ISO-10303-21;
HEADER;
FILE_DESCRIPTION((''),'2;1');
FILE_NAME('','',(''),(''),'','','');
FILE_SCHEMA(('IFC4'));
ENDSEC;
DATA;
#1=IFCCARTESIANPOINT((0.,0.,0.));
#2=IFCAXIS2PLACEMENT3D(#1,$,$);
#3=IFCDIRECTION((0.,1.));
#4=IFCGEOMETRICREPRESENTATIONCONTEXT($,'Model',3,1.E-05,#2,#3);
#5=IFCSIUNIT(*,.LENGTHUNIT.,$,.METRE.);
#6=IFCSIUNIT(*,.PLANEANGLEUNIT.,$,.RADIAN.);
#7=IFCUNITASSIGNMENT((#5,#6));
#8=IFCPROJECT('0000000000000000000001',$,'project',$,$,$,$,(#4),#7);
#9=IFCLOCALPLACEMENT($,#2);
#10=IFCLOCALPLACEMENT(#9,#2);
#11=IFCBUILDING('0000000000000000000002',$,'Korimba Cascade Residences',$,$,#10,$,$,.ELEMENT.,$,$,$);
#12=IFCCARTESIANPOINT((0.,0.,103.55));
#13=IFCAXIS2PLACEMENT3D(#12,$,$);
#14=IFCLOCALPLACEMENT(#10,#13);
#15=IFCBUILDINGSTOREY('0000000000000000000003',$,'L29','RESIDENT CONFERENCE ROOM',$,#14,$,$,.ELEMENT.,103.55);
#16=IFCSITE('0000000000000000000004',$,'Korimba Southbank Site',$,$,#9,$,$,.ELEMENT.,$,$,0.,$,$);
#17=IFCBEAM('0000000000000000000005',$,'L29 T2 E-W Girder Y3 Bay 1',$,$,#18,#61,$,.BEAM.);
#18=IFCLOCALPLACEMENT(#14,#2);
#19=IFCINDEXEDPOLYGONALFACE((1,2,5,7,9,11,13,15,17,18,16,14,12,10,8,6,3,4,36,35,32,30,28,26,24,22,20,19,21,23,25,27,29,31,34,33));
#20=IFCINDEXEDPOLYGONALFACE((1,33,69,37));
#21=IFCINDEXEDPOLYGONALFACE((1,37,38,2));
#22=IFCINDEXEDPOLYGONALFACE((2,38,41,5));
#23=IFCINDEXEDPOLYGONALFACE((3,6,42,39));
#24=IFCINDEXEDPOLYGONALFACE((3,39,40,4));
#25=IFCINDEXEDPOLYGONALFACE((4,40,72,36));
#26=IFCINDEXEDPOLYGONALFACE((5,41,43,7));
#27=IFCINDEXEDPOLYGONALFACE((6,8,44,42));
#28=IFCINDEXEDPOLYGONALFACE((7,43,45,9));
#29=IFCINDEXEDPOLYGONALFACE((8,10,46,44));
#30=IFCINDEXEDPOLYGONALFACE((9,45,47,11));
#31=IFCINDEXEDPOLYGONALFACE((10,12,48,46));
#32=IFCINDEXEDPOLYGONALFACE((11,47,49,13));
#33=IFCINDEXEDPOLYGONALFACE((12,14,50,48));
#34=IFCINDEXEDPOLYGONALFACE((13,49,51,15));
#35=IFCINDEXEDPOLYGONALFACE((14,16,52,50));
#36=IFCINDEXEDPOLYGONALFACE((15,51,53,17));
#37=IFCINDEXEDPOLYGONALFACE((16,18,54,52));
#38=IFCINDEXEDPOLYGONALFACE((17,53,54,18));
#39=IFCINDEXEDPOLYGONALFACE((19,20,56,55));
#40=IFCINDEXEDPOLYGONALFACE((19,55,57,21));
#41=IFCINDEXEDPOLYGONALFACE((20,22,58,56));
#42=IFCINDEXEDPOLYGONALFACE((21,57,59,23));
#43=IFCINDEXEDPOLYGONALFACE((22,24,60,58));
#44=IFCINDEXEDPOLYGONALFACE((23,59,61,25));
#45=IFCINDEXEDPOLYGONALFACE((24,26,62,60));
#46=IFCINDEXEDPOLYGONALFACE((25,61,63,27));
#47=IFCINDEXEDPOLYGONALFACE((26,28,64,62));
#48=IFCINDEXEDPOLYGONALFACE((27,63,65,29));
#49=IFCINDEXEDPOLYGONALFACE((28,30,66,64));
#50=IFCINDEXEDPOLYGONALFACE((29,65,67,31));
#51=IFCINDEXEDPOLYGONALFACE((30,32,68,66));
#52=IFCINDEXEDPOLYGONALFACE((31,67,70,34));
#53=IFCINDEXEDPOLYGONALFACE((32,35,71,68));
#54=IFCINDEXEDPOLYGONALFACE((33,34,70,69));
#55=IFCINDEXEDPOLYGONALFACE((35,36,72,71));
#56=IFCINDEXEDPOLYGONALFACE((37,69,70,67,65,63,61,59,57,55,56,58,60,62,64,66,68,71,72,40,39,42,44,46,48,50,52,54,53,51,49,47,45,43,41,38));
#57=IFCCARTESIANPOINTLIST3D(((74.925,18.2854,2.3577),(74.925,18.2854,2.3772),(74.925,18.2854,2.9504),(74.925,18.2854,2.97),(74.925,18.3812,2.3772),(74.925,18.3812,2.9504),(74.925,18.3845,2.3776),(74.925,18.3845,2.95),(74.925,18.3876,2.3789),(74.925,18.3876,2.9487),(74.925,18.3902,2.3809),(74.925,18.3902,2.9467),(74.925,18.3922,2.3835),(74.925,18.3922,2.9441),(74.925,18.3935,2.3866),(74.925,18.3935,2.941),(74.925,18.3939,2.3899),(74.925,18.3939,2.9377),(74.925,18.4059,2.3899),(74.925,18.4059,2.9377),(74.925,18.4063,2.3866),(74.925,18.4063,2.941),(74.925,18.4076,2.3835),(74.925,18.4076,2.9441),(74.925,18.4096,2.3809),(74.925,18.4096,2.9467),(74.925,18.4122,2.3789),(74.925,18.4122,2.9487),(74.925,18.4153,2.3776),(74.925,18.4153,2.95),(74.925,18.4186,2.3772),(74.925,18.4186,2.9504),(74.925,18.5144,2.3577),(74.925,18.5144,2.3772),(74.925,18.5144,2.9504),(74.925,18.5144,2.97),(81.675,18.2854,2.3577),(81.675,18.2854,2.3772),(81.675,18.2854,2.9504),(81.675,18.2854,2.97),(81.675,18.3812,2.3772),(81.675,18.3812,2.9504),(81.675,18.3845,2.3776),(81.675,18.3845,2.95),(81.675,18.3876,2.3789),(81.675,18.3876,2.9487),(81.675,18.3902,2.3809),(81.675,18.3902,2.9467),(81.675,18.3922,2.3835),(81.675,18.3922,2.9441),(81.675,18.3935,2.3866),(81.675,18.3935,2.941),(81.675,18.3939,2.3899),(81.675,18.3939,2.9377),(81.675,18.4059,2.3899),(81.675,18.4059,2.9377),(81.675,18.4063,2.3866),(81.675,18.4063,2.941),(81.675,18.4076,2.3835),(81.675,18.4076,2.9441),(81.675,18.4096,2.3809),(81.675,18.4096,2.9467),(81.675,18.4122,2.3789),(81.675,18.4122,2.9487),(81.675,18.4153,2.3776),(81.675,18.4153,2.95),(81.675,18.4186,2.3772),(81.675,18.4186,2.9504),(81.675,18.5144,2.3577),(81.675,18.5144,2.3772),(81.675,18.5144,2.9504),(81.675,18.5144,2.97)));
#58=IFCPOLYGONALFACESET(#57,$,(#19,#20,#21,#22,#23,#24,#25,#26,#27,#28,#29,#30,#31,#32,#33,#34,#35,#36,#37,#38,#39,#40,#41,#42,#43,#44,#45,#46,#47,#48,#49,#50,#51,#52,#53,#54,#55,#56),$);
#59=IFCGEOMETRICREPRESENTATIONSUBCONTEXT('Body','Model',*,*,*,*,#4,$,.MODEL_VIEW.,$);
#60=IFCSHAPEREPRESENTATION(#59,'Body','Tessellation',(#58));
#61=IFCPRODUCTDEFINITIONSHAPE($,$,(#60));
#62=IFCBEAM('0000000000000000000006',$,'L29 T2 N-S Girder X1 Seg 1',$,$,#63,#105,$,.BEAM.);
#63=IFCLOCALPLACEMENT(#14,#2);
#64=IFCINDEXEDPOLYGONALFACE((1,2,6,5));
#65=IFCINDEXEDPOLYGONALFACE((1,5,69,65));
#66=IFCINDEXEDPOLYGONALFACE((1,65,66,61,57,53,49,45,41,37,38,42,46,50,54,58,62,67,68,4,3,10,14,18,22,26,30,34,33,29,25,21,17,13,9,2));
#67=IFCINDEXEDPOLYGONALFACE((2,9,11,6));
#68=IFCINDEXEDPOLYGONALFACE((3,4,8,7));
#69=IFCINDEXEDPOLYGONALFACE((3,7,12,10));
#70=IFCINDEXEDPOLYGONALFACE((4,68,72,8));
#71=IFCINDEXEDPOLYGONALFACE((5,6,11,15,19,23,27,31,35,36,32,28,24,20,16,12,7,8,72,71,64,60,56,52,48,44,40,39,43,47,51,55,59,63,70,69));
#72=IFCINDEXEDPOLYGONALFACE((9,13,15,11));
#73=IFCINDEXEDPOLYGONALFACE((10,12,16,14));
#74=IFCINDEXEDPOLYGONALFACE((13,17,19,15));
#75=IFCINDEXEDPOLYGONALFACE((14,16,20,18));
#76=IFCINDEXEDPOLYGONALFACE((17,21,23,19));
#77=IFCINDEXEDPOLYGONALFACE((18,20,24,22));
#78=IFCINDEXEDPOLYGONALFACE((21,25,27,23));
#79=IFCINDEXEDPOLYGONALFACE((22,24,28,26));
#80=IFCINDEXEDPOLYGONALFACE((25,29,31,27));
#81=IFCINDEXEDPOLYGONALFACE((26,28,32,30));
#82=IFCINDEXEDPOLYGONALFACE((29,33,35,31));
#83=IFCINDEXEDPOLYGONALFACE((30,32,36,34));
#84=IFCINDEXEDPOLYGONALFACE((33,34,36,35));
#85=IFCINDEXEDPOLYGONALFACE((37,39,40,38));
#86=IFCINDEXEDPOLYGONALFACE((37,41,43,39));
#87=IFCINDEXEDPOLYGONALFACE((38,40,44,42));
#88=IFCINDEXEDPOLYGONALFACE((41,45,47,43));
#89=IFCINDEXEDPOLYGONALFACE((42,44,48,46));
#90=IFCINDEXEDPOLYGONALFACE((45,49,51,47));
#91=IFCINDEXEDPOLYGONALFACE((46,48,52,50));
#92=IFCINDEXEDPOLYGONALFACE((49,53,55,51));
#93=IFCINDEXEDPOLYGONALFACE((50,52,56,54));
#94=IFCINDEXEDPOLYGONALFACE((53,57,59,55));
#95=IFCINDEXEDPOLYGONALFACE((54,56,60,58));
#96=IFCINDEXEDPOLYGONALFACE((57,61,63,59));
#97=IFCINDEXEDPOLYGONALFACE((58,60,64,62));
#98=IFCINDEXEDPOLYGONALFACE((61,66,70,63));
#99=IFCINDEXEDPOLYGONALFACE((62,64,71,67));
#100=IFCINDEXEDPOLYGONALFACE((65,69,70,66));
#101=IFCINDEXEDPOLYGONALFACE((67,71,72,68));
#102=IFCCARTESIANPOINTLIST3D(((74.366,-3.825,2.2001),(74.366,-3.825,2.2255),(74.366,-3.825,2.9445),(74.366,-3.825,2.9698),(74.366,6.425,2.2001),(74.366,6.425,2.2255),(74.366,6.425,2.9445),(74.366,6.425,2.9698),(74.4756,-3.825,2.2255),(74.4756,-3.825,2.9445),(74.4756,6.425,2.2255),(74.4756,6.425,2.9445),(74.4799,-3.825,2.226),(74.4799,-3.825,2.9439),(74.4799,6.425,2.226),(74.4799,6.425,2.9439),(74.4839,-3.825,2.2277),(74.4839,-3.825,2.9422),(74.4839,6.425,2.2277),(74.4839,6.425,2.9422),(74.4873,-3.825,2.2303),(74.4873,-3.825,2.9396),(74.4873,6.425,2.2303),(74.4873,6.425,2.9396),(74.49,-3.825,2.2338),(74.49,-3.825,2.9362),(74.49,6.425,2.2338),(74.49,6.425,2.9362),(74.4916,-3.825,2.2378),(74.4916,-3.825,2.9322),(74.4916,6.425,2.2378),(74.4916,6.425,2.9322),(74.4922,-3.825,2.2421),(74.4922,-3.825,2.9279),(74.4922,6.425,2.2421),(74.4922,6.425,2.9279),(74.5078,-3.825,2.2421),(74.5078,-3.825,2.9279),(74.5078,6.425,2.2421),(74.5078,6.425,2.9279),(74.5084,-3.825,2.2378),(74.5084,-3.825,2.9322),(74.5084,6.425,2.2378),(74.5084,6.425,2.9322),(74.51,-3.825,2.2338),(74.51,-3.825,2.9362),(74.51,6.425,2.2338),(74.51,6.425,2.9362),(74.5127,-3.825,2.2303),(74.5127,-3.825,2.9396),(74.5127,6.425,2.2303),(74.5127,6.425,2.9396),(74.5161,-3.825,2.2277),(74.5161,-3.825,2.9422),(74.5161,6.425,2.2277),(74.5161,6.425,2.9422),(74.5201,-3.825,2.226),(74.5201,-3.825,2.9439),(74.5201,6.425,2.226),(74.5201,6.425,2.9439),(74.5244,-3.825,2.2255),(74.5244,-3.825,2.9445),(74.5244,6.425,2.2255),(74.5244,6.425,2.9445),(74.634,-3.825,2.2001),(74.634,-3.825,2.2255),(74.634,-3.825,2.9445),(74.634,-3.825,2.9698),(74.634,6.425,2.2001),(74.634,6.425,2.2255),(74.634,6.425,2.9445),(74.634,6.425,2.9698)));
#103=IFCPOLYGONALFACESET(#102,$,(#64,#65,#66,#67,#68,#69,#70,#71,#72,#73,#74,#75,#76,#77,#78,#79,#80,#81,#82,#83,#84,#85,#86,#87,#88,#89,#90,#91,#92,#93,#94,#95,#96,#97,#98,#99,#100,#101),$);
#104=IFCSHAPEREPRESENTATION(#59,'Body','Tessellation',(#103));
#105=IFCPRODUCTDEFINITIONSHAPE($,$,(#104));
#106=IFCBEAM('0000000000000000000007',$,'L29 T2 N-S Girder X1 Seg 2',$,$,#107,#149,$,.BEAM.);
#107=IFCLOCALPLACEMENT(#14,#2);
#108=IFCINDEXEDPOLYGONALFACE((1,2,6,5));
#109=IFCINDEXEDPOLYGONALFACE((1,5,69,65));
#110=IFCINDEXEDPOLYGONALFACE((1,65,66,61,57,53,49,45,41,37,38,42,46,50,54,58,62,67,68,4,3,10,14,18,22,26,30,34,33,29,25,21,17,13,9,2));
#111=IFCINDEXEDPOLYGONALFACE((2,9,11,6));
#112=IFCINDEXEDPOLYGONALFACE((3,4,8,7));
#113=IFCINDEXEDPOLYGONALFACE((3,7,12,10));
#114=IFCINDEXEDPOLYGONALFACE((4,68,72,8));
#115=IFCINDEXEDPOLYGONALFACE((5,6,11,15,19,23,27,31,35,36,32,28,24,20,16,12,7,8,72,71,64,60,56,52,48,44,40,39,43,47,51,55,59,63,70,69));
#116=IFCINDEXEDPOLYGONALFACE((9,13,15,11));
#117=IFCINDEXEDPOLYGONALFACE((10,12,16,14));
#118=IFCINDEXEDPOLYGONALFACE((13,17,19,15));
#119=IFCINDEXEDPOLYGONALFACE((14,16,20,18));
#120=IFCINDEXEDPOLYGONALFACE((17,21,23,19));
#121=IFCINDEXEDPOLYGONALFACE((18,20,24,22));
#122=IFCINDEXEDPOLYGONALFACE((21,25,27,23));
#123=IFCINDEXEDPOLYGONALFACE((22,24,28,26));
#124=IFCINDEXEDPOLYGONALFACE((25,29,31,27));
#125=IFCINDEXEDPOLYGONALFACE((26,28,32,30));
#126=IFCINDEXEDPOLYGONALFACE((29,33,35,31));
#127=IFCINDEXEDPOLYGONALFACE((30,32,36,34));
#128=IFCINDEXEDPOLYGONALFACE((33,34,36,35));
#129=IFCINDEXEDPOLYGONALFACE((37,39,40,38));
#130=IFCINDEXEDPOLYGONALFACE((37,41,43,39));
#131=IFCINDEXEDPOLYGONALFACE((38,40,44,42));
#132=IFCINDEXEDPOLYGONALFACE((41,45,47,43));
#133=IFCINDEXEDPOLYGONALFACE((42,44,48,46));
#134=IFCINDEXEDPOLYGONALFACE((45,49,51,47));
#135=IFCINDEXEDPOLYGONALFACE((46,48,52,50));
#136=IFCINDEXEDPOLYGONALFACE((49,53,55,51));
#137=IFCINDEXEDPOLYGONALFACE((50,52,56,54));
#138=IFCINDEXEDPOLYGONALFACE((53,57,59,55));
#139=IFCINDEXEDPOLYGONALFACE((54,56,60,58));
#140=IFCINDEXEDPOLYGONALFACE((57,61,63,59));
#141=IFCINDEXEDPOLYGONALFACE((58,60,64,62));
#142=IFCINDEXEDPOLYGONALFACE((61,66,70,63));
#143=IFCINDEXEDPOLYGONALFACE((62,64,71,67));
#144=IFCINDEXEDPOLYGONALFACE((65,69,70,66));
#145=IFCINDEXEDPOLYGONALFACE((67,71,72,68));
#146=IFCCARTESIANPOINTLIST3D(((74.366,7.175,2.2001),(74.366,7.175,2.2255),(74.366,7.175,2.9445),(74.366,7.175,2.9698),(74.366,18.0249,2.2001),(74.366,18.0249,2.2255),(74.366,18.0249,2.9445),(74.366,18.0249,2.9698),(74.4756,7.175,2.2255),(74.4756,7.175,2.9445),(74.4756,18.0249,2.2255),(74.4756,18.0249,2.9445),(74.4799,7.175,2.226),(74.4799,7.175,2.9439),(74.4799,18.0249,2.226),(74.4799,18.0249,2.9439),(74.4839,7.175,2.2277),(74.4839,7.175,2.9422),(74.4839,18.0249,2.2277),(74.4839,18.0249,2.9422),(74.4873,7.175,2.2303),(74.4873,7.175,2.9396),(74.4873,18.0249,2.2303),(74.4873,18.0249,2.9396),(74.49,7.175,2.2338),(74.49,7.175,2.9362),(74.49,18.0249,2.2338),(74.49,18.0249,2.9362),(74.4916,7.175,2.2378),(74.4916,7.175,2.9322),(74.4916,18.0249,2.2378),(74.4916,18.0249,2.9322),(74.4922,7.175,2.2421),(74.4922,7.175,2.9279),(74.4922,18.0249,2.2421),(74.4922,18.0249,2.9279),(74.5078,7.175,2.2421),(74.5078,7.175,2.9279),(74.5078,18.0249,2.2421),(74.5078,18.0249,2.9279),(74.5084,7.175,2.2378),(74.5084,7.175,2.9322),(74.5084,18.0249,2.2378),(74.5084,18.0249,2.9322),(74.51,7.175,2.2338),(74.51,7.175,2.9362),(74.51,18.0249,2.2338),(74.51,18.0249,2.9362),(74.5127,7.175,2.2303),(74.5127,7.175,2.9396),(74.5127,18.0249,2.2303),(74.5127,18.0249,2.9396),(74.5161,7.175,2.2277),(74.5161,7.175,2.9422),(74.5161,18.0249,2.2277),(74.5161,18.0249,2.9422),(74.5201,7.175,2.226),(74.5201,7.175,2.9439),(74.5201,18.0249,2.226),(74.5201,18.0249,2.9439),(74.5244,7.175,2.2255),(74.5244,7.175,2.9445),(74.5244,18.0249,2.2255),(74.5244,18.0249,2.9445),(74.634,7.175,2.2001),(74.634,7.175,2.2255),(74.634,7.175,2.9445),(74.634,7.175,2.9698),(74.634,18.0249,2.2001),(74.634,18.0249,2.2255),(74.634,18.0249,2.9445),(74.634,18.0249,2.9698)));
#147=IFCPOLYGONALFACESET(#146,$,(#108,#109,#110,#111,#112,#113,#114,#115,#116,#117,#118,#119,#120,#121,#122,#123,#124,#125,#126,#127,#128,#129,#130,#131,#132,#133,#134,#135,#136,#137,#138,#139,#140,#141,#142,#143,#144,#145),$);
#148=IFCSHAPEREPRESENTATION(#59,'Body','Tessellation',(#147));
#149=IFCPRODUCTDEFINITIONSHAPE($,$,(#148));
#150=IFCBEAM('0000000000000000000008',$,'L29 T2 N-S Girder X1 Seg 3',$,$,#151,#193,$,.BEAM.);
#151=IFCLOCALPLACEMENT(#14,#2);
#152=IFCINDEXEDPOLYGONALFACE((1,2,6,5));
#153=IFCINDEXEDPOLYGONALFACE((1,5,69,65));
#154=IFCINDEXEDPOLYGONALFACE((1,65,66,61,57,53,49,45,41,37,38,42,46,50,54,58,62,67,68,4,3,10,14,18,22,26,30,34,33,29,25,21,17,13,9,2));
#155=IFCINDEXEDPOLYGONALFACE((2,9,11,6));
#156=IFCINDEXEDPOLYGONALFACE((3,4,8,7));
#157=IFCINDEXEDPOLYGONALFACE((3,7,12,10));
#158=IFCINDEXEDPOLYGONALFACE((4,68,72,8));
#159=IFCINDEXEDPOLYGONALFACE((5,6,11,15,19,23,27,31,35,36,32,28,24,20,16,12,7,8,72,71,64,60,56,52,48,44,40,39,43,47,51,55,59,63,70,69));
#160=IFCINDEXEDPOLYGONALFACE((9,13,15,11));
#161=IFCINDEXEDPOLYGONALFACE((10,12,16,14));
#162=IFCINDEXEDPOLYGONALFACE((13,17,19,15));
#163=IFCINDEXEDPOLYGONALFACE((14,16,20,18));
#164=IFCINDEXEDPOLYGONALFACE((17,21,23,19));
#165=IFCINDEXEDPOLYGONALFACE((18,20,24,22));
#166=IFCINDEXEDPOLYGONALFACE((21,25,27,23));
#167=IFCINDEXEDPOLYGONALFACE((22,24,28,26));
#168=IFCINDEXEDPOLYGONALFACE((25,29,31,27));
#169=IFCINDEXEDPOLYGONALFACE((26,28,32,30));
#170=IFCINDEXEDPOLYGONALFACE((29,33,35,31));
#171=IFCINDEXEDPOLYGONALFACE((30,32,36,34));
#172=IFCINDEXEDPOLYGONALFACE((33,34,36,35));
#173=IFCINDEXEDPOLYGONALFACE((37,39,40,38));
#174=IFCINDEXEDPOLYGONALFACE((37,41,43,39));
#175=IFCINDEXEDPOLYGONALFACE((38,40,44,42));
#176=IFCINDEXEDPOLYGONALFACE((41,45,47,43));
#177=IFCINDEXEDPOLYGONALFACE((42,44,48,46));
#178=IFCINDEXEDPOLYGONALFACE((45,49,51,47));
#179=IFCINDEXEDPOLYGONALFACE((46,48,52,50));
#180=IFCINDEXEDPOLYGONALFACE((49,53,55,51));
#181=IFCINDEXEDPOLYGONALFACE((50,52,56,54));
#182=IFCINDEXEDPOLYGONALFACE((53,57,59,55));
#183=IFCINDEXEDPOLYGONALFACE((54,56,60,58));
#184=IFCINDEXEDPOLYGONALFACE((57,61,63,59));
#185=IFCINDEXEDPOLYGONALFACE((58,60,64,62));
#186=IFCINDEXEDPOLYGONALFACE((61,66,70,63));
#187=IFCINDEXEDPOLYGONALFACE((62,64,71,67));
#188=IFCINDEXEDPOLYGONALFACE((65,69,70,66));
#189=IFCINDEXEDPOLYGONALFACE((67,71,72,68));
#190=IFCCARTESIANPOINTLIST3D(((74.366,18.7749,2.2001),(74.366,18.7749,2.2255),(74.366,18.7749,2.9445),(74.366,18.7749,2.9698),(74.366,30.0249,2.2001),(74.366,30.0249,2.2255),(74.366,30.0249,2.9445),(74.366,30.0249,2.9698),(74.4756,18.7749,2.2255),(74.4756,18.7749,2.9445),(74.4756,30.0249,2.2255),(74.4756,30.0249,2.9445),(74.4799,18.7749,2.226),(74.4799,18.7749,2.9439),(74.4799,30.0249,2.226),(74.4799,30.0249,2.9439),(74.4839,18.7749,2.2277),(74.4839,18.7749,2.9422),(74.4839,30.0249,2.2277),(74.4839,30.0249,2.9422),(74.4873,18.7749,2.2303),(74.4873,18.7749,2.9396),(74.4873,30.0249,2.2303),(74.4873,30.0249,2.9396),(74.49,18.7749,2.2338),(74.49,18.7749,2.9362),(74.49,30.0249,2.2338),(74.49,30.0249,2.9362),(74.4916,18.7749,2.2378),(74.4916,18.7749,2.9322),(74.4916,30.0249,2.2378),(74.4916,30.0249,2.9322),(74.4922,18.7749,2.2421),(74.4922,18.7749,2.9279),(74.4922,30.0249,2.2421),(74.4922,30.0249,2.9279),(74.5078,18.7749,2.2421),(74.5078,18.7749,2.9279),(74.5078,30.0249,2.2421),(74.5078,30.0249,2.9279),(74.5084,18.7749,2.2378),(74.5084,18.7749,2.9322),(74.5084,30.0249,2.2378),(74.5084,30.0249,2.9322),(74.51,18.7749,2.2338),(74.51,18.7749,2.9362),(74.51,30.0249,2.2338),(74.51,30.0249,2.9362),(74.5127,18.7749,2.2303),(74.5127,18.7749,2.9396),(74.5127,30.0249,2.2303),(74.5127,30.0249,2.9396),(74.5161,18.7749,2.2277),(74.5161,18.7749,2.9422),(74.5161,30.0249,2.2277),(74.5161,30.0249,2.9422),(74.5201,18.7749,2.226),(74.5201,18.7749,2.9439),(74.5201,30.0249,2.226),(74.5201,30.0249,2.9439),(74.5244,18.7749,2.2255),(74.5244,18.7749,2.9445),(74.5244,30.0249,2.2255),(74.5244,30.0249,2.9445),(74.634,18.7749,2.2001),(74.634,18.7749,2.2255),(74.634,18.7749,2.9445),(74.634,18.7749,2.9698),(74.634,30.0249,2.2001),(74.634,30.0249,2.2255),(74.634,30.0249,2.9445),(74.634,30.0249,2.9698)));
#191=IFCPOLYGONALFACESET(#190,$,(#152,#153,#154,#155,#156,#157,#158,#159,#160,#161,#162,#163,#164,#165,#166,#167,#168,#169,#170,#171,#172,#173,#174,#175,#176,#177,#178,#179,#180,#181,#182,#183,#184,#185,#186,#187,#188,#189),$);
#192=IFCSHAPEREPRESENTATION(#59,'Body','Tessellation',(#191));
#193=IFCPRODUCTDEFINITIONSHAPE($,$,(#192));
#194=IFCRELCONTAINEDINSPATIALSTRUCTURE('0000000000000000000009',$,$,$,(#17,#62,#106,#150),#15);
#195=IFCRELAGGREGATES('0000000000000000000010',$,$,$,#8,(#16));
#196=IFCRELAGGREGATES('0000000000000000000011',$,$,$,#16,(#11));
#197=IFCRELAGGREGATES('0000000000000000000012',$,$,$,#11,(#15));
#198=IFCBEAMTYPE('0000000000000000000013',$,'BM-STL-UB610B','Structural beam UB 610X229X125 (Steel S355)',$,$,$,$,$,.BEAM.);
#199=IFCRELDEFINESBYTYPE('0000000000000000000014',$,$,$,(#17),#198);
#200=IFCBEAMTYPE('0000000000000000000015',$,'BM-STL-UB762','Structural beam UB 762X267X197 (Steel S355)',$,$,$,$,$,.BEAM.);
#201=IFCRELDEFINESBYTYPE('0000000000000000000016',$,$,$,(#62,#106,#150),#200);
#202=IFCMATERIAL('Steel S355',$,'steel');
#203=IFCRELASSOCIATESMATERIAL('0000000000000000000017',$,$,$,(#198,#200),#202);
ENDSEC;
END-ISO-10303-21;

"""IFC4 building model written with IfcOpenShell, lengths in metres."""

from ifc_helpers import new_model, si_unit, direction, frame, origin, origin_2d, place, context, subcontext, project, spatial, i_section, extrude, material, material_profile, profile_set, type_object, element, save


model = new_model("IFC4")

# Units and contexts
model_context = context("Model", 3, precision=1e-05, world=origin(), true_north=direction((0.0, 1.0)))
body_context = subcontext(model_context, "Body", "Model", "MODEL_VIEW")
ifc_project = project(units=[si_unit("LENGTHUNIT", "METRE"), si_unit("PLANEANGLEUNIT", "RADIAN")], contexts=[model_context])

# Site, building, storey
site_placement = place(None, origin())
site = spatial("IfcSite", under=ifc_project, at=site_placement, Name="Korimba Southbank Site", CompositionType="ELEMENT", RefElevation=0.0)
building_placement = place(site_placement, origin())
building = spatial("IfcBuilding", under=site, at=building_placement, Name="Korimba Cascade Residences", CompositionType="ELEMENT")
storey_placement = place(building_placement, frame((0.0, 0.0, 103.55)))
storey = spatial("IfcBuildingStorey", under=building, at=storey_placement, Name="L29", Description="RESIDENT CONFERENCE ROOM", CompositionType="ELEMENT", Elevation=103.55)

# Beams
ifc_material_1 = material(Name="Steel S355", Category="steel")
ifc_material_profile_1 = material_profile(ifc_material_1, i_section(OverallWidth=0.229, OverallDepth=0.6123, WebThickness=0.012, FlangeThickness=0.0195, FilletRadius=0.0127, at=origin_2d()), Name="Steel S355")
ifc_profile_set_1 = profile_set([ifc_material_profile_1], Name="Steel S355")
beam_type_1 = type_object("IfcBeamType", Name="BM-STL-UB610B", Description="Structural beam UB 610X229X125 (Steel S355)", PredefinedType="BEAM", material=ifc_profile_set_1)
for number, where, z_axis, x_axis, name in (
    (1, (74.925, 18.3999, 2.6638), (1.0, 0.0, 0.0), (0.0, 1.0, 0.0), "L29 T2 E-W Girder Y3 Bay 1"),
):
    element("IfcBeam", number, at=place(storey_placement, frame(where, z_axis=z_axis, x_axis=x_axis)), inside=storey, type_object=beam_type_1, Name=name, PredefinedType="BEAM", context=body_context, shape_type="SweptSolid", body=[
        extrude(i_section(OverallWidth=0.229, OverallDepth=0.6123, WebThickness=0.012, FlangeThickness=0.0195, FilletRadius=0.0127, at=origin_2d()), origin(), (0.0, 0.0, 1.0), 6.75),
    ])
ifc_material_profile_2 = material_profile(ifc_material_1, i_section(OverallWidth=0.2681, OverallDepth=0.7698, WebThickness=0.0156, FlangeThickness=0.0254, FilletRadius=0.0166, at=origin_2d()), Name="Steel S355")
ifc_profile_set_2 = profile_set([ifc_material_profile_2], Name="Steel S355")
beam_type_2 = type_object("IfcBeamType", Name="BM-STL-UB762", Description="Structural beam UB 762X267X197 (Steel S355)", PredefinedType="BEAM", material=ifc_profile_set_2)
beam_1_placement = place(storey_placement, frame((74.5, -3.825, 2.585), z_axis=(0.0, 1.0, 0.0), x_axis=(-1.0, 0.0, 0.0)))
element("IfcBeam", 2, at=beam_1_placement, inside=storey, type_object=beam_type_2, Name="L29 T2 N-S Girder X1 Seg 1", PredefinedType="BEAM", context=body_context, shape_type="SweptSolid", body=[
    extrude(i_section(OverallWidth=0.2681, OverallDepth=0.7698, WebThickness=0.0156, FlangeThickness=0.0254, FilletRadius=0.0166, at=origin_2d()), origin(), (0.0, 0.0, 1.0), 10.25),
])
beam_2_placement = place(storey_placement, frame((74.5, 7.175, 2.585), z_axis=(0.0, 1.0, 0.0), x_axis=(-1.0, 0.0, 0.0)))
element("IfcBeam", 3, at=beam_2_placement, inside=storey, type_object=beam_type_2, Name="L29 T2 N-S Girder X1 Seg 2", PredefinedType="BEAM", context=body_context, shape_type="SweptSolid", body=[
    extrude(i_section(OverallWidth=0.2681, OverallDepth=0.7698, WebThickness=0.0156, FlangeThickness=0.0254, FilletRadius=0.0166, at=origin_2d()), origin(), (0.0, 0.0, 1.0), 10.8499),
])
beam_3_placement = place(storey_placement, frame((74.5, 18.7749, 2.585), z_axis=(0.0, 1.0, 0.0), x_axis=(-1.0, 0.0, 0.0)))
element("IfcBeam", 4, at=beam_3_placement, inside=storey, type_object=beam_type_2, Name="L29 T2 N-S Girder X1 Seg 3", PredefinedType="BEAM", context=body_context, shape_type="SweptSolid", body=[
    extrude(i_section(OverallWidth=0.2681, OverallDepth=0.7698, WebThickness=0.0156, FlangeThickness=0.0254, FilletRadius=0.0166, at=origin_2d()), origin(), (0.0, 0.0, 1.0), 11.25),
])

save(model, "model.ifc")
